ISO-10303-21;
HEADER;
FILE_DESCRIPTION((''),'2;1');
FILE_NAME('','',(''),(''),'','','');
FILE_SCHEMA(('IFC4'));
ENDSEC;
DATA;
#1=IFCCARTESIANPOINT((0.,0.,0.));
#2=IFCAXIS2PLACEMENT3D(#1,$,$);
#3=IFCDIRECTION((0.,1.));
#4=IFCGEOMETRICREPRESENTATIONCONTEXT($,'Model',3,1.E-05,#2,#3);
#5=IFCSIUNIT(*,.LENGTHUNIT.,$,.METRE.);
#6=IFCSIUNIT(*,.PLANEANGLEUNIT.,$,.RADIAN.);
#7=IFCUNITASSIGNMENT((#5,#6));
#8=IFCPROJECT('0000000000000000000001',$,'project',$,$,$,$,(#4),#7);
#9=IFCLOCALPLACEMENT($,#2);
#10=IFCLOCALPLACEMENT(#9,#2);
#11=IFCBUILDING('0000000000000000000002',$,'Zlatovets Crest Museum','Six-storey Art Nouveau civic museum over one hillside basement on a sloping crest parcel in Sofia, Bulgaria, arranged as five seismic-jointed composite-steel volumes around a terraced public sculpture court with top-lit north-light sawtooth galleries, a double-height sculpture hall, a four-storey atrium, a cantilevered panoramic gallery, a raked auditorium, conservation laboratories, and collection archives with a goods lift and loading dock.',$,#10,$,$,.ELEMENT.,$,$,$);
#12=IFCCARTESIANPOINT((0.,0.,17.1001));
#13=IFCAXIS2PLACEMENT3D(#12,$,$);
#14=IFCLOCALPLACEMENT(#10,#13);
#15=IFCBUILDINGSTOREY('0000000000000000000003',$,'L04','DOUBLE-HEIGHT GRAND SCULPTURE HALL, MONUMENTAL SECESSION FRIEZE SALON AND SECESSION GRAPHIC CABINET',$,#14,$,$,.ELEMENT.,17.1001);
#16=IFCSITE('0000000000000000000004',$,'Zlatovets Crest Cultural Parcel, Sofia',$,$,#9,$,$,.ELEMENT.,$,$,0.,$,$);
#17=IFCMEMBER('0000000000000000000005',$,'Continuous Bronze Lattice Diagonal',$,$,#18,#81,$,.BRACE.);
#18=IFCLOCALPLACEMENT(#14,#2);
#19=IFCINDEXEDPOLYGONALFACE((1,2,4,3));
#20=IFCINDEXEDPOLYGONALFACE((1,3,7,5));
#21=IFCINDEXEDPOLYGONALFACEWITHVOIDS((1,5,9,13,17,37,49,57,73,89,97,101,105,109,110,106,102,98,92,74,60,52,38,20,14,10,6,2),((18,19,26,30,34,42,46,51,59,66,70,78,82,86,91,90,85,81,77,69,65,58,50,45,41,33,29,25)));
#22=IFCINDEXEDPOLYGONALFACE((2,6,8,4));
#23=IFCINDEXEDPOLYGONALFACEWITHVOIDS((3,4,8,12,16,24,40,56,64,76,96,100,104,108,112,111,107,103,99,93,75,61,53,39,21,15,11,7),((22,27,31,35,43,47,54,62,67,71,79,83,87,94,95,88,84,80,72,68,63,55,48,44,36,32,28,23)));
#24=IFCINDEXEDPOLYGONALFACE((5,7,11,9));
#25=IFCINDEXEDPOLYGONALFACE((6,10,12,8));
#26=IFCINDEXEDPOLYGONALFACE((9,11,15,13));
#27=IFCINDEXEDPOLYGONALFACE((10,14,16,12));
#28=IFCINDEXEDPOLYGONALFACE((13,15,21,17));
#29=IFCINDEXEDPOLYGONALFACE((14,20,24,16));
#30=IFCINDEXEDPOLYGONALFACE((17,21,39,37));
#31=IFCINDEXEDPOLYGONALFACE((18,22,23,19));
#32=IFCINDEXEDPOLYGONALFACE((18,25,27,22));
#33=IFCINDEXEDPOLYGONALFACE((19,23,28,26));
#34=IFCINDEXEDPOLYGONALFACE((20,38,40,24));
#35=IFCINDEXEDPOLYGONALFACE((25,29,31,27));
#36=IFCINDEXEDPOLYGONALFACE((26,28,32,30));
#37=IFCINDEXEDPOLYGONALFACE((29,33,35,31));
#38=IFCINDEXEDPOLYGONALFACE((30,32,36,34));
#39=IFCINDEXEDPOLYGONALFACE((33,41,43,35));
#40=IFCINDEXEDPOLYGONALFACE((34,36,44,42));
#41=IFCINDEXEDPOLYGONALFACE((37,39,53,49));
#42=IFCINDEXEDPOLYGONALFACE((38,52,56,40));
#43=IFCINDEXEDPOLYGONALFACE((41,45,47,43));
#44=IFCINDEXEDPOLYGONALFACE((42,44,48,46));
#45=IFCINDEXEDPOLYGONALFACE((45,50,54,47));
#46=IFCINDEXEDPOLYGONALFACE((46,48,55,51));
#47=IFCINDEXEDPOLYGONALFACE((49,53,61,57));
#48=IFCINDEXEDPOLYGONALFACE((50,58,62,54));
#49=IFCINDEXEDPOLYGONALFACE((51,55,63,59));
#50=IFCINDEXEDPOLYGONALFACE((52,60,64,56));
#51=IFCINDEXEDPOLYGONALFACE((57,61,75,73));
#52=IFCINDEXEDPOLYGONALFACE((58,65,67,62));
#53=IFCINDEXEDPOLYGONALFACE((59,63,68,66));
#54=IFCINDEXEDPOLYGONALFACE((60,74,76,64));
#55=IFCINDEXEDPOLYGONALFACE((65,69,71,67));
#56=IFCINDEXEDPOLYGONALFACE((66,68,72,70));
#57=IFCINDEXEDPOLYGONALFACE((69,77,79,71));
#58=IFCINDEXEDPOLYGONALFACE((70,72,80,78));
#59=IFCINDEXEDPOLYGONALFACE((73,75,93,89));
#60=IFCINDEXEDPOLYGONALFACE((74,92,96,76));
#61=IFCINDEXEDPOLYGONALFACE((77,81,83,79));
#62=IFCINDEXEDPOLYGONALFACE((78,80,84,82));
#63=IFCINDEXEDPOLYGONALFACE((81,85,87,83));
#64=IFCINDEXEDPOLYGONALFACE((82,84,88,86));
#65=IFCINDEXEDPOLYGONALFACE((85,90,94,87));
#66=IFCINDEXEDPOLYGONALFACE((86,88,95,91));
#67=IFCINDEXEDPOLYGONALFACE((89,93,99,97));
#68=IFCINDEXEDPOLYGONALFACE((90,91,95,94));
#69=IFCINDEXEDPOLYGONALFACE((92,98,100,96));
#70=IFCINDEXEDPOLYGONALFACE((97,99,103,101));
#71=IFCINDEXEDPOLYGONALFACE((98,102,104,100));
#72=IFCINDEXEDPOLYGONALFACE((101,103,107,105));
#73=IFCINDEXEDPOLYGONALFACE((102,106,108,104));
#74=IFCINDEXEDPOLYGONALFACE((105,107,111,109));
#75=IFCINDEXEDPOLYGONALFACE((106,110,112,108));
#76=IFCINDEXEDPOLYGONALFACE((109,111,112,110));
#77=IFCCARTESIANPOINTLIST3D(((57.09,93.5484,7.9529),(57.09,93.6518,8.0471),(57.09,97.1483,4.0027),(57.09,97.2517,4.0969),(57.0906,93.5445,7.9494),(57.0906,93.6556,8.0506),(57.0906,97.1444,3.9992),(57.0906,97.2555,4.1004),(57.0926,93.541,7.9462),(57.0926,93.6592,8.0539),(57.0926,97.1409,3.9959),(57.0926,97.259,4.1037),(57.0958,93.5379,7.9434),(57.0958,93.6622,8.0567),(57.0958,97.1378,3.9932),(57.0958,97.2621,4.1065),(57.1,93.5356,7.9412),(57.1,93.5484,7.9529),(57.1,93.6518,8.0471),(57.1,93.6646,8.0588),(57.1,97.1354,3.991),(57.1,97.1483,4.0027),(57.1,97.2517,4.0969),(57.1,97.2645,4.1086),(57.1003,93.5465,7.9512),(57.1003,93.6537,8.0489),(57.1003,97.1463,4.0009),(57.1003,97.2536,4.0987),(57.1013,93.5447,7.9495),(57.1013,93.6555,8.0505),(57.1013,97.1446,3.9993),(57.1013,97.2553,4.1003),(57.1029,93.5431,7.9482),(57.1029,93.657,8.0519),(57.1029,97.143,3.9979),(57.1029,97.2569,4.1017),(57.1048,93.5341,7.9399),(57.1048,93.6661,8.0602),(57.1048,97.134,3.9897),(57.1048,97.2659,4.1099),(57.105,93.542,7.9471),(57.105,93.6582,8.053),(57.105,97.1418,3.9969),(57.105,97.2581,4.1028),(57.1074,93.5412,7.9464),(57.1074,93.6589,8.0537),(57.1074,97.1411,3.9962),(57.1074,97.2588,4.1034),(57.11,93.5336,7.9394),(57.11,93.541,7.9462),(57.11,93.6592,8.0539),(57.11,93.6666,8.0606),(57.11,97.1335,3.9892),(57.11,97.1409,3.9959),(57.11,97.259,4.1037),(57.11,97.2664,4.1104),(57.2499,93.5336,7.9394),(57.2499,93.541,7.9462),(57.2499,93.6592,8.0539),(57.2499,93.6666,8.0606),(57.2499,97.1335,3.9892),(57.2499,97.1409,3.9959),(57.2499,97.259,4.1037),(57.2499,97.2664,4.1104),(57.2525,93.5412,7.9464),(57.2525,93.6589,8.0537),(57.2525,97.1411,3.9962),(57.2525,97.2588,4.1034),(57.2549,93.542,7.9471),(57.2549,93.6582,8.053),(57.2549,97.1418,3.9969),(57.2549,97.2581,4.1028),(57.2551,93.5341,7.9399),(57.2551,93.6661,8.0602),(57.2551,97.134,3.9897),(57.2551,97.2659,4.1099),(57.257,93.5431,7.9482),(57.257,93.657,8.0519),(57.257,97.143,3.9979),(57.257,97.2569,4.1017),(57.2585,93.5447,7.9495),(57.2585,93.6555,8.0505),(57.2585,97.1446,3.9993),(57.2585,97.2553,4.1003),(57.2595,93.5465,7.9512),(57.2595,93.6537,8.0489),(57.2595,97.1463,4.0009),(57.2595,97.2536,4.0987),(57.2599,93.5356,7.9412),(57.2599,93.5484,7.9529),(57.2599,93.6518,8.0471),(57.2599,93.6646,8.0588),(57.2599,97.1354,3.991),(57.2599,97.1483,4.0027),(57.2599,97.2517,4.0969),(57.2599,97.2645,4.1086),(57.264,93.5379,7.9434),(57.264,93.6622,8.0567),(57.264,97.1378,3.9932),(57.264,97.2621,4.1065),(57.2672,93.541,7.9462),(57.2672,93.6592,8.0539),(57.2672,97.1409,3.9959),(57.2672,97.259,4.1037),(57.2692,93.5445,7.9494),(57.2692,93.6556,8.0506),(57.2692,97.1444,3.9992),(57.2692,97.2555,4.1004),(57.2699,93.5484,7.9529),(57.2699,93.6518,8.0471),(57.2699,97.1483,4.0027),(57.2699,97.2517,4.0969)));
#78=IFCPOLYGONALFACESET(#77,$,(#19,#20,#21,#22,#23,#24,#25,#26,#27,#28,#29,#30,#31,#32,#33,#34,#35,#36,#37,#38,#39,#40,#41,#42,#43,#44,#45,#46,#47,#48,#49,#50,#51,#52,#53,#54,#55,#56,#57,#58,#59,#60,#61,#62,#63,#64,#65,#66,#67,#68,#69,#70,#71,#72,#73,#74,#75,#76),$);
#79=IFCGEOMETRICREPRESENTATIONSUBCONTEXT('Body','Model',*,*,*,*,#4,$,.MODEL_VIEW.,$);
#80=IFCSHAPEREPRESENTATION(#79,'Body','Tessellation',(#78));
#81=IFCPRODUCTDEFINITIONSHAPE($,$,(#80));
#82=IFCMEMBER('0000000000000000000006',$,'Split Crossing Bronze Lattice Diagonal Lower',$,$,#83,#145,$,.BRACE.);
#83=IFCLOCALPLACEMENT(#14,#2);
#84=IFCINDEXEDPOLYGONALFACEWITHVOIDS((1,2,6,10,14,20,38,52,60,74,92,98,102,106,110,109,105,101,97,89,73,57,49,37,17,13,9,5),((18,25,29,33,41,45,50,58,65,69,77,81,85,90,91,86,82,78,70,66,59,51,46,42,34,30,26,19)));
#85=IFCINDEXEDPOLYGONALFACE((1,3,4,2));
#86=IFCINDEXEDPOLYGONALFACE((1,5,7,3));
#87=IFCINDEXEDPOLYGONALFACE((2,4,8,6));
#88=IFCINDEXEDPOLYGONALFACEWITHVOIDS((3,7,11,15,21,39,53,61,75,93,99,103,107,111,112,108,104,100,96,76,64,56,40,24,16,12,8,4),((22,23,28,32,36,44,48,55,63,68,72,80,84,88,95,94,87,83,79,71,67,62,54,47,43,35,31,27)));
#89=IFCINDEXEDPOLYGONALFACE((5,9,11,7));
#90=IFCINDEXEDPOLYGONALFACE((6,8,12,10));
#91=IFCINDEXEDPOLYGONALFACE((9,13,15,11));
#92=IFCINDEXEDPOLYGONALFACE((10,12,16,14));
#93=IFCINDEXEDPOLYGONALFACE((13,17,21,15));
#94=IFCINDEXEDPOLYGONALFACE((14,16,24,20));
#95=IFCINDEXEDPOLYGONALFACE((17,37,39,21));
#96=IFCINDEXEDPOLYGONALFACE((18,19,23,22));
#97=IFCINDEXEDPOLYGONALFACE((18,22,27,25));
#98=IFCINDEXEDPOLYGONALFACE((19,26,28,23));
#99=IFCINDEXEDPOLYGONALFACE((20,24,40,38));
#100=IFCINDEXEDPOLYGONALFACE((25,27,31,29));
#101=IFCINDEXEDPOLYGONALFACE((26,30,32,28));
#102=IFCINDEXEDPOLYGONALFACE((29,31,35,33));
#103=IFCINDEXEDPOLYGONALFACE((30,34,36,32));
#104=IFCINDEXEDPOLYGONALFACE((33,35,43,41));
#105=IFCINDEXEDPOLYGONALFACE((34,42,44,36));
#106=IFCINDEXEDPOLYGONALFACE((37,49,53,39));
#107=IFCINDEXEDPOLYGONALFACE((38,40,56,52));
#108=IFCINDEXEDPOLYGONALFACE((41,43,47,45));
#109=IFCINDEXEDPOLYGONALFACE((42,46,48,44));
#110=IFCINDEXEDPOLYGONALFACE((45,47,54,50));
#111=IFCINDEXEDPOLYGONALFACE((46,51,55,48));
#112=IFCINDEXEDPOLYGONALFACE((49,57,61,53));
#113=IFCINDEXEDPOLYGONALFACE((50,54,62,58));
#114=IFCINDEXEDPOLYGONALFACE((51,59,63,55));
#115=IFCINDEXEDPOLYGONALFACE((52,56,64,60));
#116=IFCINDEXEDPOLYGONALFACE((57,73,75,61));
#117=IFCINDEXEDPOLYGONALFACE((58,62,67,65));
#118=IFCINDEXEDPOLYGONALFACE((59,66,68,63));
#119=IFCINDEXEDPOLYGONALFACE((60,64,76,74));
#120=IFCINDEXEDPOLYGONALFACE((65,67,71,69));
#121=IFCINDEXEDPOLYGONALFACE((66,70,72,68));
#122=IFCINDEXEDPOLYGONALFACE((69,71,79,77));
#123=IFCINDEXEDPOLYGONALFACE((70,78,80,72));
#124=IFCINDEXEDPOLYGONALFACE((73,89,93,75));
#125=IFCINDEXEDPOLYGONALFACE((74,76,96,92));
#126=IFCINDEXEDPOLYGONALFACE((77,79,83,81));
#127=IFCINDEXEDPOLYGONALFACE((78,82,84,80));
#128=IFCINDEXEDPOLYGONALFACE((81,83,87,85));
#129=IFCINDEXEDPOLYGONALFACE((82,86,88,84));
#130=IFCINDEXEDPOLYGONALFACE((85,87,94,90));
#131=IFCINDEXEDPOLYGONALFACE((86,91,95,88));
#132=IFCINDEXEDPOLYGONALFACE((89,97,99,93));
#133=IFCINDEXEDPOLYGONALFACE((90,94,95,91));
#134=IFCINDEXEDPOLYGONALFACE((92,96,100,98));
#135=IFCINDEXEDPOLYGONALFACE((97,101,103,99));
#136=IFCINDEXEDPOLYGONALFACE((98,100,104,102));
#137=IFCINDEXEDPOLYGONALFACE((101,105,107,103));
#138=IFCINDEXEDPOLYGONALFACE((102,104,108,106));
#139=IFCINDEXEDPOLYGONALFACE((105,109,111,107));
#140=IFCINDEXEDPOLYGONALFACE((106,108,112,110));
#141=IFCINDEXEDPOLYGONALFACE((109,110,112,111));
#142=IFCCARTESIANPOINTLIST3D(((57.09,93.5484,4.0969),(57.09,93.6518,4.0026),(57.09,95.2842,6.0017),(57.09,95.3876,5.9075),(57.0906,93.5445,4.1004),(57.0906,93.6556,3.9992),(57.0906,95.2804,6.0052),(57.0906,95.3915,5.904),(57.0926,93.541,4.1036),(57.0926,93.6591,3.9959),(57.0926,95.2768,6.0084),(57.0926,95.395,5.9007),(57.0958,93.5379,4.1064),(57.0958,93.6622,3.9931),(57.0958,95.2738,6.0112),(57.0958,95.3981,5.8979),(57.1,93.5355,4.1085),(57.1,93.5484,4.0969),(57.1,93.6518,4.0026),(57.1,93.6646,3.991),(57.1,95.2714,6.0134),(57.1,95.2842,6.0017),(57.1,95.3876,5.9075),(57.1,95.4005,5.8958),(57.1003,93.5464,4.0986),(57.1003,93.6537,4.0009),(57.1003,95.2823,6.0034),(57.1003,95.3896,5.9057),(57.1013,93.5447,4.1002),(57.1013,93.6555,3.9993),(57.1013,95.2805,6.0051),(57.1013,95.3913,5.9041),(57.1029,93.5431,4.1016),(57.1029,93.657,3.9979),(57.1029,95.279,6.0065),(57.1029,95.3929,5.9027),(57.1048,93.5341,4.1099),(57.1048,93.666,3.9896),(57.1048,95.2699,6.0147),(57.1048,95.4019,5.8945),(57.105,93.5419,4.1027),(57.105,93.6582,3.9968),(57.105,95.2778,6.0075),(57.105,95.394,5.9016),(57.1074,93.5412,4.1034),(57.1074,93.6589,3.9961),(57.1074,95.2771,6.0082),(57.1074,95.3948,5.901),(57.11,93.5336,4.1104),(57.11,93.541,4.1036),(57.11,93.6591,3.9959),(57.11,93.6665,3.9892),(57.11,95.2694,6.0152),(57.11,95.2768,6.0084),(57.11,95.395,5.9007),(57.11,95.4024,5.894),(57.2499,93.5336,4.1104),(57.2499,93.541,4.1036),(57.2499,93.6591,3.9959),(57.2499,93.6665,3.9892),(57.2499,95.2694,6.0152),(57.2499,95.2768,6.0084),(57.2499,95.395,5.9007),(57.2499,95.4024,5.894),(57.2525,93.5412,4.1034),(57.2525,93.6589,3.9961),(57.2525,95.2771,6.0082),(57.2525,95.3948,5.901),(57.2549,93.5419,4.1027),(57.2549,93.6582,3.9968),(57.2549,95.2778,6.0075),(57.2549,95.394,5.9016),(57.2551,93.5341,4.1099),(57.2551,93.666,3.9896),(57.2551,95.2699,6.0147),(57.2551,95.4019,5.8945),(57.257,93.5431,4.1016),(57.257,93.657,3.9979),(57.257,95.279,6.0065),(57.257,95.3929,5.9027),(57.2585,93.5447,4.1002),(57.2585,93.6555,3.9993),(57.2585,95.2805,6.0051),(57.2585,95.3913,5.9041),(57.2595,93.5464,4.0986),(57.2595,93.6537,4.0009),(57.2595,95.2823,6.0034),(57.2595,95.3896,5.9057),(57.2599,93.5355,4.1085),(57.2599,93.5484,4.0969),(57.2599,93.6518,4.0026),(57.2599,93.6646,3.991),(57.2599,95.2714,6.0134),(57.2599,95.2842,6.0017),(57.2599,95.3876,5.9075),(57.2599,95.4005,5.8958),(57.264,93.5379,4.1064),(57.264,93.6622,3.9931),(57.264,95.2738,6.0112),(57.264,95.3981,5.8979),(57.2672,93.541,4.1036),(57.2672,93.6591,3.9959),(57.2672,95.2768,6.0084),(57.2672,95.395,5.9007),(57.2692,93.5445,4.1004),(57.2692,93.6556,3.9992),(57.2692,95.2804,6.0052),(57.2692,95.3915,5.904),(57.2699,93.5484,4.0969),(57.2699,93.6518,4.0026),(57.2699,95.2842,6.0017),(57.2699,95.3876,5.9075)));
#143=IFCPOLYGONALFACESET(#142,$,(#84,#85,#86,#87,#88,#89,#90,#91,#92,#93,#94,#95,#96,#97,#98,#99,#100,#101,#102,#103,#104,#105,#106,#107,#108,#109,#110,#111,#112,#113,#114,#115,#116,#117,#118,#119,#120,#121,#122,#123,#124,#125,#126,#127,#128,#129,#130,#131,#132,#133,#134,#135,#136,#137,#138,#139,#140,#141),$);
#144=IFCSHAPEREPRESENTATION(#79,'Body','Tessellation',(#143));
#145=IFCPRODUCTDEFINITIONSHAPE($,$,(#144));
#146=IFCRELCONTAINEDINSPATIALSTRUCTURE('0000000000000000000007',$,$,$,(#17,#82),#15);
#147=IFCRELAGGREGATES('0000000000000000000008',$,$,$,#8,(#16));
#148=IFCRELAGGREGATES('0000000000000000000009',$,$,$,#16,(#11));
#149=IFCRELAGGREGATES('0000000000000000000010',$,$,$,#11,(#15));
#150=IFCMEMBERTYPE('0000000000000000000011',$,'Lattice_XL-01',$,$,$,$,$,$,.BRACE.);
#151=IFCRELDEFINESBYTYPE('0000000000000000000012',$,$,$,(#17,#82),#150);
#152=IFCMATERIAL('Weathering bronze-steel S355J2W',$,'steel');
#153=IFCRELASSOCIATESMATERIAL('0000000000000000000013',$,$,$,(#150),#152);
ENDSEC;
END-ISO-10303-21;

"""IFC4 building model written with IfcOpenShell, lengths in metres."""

from ifc_helpers import new_model, si_unit, direction, frame, origin, origin_2d, place, context, subcontext, project, spatial, hollow_rectangle, extrude, material, material_profile, profile_set, type_object, element, save


model = new_model("IFC4")

# Units and contexts
model_context = context("Model", 3, precision=1e-05, world=origin(), true_north=direction((0.0, 1.0)))
body_context = subcontext(model_context, "Body", "Model", "MODEL_VIEW")
ifc_project = project(units=[si_unit("LENGTHUNIT", "METRE"), si_unit("PLANEANGLEUNIT", "RADIAN")], contexts=[model_context])

# Site, building, storey
site_placement = place(None, origin())
site = spatial("IfcSite", under=ifc_project, at=site_placement, Name="Zlatovets Crest Cultural Parcel, Sofia", CompositionType="ELEMENT", RefElevation=0.0)
building_placement = place(site_placement, origin())
building = spatial("IfcBuilding", under=site, at=building_placement, Name="Zlatovets Crest Museum", Description="Six-storey Art Nouveau civic museum over one hillside basement on a sloping crest parcel in Sofia, Bulgaria, arranged as five seismic-jointed composite-steel volumes around a terraced public sculpture court with top-lit north-light sawtooth galleries, a double-height sculpture hall, a four-storey atrium, a cantilevered panoramic gallery, a raked auditorium, conservation laboratories, and collection archives with a goods lift and loading dock.", CompositionType="ELEMENT")
storey_placement = place(building_placement, frame((0.0, 0.0, 17.1001)))
storey = spatial("IfcBuildingStorey", under=building, at=storey_placement, Name="L04", Description="DOUBLE-HEIGHT GRAND SCULPTURE HALL, MONUMENTAL SECESSION FRIEZE SALON AND SECESSION GRAPHIC CABINET", CompositionType="ELEMENT", Elevation=17.1001)

# Members
ifc_material_1 = material(Name="Weathering bronze-steel S355J2W", Category="steel")
ifc_material_profile_1 = material_profile(ifc_material_1, hollow_rectangle(XDim=0.1799, YDim=0.1799, WallThickness=0.01, InnerFilletRadius=0.01, OuterFilletRadius=0.02, at=origin_2d()), Name="SHS 180x180x10.0")
ifc_profile_set_1 = profile_set([ifc_material_profile_1], Name="Weathering bronze-steel S355J2W")
member_type_1 = type_object("IfcMemberType", Name="Lattice_XL-01", PredefinedType="BRACE", material=ifc_profile_set_1)
member_1_placement = place(storey_placement, frame((57.1799, 97.2, 4.0498), z_axis=(0.0, -0.67357, 0.739123), x_axis=(1.0, 0.0, 0.0)))
element("IfcMember", 1, at=member_1_placement, inside=storey, type_object=member_type_1, Name="Continuous Bronze Lattice Diagonal", PredefinedType="BRACE", context=body_context, shape_type="SweptSolid", body=[
    extrude(hollow_rectangle(XDim=0.1799, YDim=0.1799, WallThickness=0.01, InnerFilletRadius=0.01, OuterFilletRadius=0.02, at=origin_2d()), origin(), (0.0, 0.0, 1.0), 5.3445),
])
member_2_placement = place(storey_placement, frame((57.1799, 95.3359, 5.9546), z_axis=(0.0, -0.673568, -0.739125), x_axis=(1.0, 0.0, 0.0)))
element("IfcMember", 2, at=member_2_placement, inside=storey, type_object=member_type_1, Name="Split Crossing Bronze Lattice Diagonal Lower", PredefinedType="BRACE", context=body_context, shape_type="SweptSolid", body=[
    extrude(hollow_rectangle(XDim=0.1799, YDim=0.1799, WallThickness=0.01, InnerFilletRadius=0.01, OuterFilletRadius=0.02, at=origin_2d()), origin(), (0.0, 0.0, 1.0), 2.5771),
])

save(model, "model.ifc")
